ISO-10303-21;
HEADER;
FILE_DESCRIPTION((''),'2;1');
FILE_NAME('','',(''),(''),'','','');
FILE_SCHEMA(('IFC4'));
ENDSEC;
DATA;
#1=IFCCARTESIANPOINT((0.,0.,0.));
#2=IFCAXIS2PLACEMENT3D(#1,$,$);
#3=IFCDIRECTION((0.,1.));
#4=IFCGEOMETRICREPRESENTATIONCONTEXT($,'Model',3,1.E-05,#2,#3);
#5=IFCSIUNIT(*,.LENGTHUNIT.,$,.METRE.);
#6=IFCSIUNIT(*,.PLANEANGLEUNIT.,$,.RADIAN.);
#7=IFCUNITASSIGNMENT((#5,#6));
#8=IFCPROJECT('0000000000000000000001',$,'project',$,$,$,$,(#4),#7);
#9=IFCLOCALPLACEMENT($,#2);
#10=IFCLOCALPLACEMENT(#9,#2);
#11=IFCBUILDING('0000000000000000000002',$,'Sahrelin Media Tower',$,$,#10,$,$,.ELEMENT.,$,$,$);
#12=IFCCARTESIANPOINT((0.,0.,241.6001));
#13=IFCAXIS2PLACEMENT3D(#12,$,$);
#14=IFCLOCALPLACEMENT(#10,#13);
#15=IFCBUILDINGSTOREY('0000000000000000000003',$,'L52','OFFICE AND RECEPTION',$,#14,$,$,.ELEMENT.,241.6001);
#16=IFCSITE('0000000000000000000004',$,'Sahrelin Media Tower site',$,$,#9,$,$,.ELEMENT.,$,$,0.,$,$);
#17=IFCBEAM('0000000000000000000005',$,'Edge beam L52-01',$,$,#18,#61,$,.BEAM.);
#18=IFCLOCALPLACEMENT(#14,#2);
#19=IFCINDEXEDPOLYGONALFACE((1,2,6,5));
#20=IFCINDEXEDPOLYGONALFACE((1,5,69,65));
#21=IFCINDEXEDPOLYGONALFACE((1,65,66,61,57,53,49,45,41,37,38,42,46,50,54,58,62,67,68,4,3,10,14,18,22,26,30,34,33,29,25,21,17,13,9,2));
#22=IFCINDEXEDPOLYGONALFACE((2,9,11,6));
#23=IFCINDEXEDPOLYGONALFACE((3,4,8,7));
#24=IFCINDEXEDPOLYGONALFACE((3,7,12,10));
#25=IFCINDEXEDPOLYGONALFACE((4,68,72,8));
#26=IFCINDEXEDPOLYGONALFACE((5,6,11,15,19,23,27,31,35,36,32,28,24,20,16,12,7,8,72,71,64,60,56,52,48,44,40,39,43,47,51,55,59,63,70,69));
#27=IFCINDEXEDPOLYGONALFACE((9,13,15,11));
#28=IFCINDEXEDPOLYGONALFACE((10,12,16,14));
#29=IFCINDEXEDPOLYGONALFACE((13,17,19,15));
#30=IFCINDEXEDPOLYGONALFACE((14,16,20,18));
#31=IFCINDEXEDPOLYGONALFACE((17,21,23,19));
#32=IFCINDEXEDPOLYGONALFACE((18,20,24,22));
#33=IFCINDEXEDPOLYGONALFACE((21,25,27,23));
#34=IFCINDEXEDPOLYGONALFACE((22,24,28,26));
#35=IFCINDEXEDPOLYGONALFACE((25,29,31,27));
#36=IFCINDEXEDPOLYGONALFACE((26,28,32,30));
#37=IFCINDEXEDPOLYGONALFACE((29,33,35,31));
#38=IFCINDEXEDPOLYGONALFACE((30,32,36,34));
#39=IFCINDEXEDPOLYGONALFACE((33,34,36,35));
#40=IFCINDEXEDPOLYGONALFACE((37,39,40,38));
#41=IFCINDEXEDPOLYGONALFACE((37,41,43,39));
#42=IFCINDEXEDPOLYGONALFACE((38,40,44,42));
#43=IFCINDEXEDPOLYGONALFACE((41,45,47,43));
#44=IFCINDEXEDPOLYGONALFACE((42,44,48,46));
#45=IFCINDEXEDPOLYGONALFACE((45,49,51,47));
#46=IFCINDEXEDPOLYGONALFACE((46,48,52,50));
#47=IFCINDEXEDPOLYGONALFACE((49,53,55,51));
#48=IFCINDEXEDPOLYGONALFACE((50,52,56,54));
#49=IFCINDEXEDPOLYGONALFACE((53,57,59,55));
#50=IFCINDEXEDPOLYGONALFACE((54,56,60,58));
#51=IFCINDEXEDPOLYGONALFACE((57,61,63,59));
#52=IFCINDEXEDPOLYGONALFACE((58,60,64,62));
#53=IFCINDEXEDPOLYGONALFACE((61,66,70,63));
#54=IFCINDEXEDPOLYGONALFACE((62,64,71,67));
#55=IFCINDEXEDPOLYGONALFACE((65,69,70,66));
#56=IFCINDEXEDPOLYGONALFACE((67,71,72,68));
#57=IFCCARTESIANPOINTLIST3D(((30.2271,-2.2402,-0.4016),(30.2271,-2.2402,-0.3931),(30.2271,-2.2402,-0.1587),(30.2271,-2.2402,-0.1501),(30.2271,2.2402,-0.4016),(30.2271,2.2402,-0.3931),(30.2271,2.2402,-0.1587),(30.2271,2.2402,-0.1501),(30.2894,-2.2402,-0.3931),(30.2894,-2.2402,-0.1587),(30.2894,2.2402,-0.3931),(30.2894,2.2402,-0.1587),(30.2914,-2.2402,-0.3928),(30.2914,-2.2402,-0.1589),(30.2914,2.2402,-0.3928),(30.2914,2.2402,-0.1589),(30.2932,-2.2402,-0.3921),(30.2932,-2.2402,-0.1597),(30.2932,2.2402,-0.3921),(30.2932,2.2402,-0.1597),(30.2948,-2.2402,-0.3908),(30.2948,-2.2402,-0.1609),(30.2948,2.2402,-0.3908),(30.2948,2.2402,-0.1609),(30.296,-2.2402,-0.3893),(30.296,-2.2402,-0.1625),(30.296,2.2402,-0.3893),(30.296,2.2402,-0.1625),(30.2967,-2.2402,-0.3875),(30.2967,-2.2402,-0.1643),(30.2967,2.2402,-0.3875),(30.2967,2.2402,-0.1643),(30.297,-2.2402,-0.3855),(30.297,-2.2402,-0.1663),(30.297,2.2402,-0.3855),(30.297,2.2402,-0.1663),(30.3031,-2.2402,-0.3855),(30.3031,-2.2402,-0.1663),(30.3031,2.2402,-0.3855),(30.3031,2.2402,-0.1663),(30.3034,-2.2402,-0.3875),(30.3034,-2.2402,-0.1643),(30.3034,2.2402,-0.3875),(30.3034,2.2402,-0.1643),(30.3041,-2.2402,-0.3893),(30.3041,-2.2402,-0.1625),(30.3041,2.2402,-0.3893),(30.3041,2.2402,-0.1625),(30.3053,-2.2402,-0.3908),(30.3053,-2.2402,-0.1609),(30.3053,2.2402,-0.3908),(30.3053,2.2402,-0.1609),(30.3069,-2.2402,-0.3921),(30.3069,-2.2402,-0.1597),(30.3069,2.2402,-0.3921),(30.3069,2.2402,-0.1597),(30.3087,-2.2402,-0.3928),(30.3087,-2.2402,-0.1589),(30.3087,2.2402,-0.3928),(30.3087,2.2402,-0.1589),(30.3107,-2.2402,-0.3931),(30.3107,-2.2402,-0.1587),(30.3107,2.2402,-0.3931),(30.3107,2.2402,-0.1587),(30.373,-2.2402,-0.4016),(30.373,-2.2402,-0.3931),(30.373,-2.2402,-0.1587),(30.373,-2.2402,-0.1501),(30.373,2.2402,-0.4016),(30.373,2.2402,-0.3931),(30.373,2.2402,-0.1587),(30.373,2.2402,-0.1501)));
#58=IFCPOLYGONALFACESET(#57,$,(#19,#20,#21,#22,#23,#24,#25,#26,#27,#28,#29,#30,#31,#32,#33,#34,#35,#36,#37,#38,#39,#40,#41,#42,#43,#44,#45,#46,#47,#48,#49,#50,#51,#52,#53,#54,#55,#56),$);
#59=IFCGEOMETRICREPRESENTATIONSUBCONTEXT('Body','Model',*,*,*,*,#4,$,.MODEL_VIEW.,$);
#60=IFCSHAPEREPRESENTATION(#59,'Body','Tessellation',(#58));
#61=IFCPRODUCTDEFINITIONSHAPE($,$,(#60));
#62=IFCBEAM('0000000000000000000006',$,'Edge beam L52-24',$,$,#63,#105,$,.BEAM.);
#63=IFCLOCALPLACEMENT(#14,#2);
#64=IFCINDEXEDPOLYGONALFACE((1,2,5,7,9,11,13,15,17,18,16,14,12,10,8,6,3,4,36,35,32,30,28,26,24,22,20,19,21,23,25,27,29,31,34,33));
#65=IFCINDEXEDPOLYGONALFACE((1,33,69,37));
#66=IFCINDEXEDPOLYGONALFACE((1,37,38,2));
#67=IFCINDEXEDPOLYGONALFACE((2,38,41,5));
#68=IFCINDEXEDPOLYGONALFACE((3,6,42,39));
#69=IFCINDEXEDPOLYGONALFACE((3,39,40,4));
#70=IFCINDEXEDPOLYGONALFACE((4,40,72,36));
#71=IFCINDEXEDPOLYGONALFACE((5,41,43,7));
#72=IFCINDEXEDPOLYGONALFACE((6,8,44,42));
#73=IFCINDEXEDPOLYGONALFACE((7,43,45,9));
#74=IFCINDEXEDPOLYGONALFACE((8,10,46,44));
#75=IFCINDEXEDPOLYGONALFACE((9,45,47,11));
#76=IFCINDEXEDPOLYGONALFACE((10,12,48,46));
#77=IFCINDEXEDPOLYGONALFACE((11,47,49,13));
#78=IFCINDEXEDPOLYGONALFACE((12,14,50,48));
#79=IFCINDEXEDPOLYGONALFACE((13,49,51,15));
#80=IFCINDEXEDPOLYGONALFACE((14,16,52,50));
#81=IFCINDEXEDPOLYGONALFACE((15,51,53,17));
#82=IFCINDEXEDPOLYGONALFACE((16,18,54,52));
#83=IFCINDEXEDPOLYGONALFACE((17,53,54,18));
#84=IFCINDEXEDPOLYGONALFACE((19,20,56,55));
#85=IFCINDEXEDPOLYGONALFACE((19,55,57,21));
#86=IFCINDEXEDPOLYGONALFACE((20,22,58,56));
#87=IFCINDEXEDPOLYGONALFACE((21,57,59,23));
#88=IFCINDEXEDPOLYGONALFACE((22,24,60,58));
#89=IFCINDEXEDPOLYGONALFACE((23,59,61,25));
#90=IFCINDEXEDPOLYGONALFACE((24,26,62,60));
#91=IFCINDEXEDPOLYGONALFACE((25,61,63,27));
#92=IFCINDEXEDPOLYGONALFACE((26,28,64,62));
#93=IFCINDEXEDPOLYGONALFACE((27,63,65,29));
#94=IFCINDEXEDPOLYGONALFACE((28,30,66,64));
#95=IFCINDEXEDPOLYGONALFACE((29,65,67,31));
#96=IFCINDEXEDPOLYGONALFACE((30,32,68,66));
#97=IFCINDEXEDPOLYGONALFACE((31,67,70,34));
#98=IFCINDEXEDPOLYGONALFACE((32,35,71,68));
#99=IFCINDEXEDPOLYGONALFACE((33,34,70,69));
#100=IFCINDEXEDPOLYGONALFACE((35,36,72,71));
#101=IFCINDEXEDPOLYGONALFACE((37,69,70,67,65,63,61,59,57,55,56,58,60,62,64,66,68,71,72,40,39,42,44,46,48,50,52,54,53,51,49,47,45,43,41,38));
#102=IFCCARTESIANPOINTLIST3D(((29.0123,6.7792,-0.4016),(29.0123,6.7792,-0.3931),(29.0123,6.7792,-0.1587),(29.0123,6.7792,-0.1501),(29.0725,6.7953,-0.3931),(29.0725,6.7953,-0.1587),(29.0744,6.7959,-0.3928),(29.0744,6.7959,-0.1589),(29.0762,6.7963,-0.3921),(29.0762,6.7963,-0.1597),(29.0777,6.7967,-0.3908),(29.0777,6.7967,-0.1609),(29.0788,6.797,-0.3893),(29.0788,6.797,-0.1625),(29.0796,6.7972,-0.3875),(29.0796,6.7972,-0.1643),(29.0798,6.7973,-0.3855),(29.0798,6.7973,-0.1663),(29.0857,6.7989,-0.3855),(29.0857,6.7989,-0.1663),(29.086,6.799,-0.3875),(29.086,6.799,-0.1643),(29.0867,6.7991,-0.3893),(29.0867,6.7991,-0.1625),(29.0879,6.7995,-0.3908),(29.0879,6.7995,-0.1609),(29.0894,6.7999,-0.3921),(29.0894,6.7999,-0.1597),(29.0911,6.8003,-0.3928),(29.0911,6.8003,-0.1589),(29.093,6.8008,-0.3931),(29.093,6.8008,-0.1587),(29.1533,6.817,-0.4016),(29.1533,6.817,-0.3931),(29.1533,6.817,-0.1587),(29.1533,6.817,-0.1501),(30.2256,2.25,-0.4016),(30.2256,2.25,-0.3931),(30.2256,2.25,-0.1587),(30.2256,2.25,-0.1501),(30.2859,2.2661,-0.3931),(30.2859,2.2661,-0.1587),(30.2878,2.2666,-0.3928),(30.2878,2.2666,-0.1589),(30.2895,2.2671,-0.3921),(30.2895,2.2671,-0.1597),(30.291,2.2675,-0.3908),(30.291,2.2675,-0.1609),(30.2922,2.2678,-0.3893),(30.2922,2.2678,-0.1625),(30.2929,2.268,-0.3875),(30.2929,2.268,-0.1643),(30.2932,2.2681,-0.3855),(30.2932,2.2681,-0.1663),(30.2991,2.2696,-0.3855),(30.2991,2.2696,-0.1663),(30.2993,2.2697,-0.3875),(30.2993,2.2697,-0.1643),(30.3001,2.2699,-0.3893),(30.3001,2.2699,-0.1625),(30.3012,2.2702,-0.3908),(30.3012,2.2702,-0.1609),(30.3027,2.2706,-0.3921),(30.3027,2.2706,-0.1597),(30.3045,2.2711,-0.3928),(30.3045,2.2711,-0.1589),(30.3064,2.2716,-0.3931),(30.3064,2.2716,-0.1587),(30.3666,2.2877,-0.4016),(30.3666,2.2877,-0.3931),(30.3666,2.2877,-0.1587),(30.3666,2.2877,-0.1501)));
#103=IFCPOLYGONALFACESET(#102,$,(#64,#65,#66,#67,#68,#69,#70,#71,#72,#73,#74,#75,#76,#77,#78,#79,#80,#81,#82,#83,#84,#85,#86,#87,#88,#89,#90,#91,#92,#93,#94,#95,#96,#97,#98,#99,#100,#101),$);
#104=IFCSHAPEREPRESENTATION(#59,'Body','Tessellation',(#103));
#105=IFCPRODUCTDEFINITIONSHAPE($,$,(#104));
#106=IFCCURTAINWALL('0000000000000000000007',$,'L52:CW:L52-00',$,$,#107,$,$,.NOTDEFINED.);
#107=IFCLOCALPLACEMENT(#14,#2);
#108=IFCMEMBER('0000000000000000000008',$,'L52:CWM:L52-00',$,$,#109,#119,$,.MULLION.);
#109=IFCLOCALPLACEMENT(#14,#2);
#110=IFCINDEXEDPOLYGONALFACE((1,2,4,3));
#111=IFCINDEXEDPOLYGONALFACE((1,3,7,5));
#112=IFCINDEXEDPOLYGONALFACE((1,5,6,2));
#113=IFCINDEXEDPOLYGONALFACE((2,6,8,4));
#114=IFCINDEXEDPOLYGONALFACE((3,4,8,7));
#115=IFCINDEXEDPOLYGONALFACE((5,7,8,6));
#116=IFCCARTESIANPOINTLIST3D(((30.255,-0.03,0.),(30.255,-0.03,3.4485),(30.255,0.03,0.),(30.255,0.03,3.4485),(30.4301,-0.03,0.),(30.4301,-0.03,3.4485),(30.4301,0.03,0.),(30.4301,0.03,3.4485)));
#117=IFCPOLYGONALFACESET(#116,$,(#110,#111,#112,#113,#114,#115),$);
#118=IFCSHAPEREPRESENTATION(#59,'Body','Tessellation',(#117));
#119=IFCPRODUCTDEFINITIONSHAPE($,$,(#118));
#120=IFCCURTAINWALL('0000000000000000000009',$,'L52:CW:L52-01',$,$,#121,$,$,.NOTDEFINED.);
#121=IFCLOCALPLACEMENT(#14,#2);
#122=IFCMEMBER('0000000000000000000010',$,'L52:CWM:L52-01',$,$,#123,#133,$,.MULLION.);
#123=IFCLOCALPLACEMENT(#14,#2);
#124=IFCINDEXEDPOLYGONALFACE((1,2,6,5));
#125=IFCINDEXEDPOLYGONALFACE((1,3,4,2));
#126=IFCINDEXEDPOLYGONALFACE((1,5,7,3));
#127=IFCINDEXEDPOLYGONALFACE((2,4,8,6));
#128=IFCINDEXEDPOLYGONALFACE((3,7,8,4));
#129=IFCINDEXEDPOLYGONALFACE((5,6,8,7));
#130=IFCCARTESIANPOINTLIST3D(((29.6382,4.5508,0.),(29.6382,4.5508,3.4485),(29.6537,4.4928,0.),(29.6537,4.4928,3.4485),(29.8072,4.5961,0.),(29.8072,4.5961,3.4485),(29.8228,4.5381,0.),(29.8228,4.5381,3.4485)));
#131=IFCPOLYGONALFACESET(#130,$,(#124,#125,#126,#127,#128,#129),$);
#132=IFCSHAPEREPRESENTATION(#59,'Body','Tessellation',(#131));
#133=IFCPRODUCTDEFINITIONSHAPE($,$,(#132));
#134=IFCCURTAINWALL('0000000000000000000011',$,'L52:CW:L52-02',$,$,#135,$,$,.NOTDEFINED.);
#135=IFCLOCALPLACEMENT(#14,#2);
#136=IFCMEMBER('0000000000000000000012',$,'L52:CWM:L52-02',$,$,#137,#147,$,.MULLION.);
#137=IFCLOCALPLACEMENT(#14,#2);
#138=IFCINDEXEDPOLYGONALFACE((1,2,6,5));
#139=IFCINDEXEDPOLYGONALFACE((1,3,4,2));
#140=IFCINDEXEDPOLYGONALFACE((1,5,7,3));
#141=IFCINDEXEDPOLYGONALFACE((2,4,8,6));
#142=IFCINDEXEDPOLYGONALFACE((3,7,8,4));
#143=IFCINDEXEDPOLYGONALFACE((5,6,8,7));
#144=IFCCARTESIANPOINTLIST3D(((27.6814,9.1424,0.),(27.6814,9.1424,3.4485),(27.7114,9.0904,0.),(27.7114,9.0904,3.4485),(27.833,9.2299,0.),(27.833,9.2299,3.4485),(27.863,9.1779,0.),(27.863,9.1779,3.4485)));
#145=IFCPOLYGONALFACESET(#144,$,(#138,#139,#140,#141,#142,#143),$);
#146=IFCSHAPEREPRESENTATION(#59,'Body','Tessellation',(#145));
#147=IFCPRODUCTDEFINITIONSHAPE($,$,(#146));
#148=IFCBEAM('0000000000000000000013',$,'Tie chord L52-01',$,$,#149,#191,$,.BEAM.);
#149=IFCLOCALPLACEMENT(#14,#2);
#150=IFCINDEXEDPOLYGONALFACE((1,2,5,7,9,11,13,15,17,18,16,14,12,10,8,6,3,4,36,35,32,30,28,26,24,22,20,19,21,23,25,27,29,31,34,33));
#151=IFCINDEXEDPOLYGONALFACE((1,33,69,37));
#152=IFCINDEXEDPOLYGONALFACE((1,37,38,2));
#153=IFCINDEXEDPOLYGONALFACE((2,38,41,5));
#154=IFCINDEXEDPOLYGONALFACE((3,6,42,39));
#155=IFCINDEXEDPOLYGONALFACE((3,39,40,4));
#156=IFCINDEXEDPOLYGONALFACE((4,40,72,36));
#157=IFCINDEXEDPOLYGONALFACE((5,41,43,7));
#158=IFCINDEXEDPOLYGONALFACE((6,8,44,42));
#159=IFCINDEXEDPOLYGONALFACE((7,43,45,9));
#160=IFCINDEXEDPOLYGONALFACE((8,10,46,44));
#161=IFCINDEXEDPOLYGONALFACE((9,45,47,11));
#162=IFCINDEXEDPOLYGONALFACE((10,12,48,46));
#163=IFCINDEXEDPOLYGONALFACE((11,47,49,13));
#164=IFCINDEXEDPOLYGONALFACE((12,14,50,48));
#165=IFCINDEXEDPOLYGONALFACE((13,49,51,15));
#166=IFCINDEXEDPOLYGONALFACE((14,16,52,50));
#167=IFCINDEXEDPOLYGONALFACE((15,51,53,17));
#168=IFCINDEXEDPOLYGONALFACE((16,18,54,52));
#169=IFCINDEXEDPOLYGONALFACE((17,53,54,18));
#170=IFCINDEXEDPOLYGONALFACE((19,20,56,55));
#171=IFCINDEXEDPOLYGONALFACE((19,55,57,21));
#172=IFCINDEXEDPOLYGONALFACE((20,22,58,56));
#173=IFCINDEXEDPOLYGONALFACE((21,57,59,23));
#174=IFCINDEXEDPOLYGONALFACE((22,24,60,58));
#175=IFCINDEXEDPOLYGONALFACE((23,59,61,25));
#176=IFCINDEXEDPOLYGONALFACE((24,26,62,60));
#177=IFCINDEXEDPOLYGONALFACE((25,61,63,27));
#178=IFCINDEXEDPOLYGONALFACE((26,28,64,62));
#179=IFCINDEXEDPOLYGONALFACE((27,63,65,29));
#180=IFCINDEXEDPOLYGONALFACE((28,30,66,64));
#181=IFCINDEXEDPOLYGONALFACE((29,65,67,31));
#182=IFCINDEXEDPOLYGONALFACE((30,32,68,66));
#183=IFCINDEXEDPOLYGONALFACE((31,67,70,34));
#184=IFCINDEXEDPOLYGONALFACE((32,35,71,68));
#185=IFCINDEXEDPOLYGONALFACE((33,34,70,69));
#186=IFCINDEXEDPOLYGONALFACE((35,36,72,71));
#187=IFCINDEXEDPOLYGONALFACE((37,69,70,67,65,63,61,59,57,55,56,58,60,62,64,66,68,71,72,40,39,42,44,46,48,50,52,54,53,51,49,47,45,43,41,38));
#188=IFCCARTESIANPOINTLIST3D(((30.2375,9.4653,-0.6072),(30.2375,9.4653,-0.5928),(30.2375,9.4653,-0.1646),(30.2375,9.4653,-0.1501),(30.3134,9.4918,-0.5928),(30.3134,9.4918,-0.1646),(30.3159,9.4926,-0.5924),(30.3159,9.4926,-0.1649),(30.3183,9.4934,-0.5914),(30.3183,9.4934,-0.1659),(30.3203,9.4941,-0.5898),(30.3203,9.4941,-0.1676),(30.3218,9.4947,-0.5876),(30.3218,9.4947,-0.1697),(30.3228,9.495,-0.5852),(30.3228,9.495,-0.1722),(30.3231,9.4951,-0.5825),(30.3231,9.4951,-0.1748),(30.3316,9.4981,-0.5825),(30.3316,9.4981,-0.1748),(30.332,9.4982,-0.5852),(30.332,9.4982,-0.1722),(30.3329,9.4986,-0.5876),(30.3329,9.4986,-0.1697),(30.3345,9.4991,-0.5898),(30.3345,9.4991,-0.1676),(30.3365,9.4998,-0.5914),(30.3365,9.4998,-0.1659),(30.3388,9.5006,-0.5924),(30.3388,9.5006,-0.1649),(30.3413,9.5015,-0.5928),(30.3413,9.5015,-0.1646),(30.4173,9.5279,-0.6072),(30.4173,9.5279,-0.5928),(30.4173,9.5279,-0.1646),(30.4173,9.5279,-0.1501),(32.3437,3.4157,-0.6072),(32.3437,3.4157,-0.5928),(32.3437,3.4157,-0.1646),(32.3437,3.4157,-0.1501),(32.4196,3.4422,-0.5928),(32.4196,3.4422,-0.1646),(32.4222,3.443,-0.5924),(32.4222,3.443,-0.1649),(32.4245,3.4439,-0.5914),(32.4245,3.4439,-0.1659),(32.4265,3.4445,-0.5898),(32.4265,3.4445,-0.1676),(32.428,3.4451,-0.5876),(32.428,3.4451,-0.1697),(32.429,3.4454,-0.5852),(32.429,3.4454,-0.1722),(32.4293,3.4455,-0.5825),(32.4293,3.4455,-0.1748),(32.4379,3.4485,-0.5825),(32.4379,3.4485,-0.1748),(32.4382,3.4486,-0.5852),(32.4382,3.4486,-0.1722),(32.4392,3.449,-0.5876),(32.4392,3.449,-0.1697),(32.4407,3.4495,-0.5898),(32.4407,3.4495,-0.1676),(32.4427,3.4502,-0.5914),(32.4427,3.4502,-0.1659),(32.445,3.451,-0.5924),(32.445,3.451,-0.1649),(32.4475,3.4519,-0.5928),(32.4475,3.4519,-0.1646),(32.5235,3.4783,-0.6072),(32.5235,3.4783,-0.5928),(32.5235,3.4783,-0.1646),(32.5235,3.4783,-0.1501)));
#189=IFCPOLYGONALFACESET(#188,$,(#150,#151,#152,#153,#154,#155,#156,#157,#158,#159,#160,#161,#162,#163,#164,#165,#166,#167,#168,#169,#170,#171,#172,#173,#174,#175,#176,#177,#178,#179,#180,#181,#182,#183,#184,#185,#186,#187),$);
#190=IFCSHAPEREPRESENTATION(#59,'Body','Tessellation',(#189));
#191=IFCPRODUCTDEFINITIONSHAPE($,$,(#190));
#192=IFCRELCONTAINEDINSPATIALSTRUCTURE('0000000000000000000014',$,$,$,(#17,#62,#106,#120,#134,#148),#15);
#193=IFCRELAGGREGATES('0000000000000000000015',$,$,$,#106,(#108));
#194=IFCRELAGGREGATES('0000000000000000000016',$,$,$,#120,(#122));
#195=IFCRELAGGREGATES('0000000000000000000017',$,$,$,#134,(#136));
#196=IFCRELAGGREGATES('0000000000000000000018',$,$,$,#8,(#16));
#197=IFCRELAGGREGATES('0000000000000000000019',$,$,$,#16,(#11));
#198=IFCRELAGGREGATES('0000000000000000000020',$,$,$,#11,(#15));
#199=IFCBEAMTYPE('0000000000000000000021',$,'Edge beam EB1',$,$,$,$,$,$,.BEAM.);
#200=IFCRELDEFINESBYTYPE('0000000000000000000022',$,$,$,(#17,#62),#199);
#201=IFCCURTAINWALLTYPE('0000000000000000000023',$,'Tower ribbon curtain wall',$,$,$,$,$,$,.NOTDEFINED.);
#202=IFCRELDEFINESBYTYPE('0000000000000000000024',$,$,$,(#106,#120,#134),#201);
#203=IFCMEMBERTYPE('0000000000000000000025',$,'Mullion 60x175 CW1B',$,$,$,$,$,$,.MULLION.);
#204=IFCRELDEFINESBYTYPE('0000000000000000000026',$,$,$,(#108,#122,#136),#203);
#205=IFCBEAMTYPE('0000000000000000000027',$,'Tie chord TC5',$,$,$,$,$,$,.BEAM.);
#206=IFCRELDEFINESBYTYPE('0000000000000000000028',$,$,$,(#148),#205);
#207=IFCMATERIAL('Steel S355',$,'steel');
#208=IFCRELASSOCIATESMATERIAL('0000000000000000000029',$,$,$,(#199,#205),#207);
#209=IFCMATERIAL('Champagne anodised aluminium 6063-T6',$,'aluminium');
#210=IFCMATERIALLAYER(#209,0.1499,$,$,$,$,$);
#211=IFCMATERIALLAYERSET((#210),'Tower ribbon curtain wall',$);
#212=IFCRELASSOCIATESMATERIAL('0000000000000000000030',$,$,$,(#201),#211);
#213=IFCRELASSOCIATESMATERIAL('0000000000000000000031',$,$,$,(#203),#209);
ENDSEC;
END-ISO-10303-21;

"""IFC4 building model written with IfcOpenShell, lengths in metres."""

from ifc_helpers import new_model, si_unit, direction, frame, origin, origin_2d, place, context, subcontext, project, spatial, rectangle, i_section, extrude, material, layer, layer_set, material_profile, profile_set, type_object, element, aggregate, save


model = new_model("IFC4")

# Units and contexts
model_context = context("Model", 3, precision=1e-05, world=origin(), true_north=direction((0.0, 1.0)))
body_context = subcontext(model_context, "Body", "Model", "MODEL_VIEW")
ifc_project = project(units=[si_unit("LENGTHUNIT", "METRE"), si_unit("PLANEANGLEUNIT", "RADIAN")], contexts=[model_context])

# Site, building, storey
site_placement = place(None, origin())
site = spatial("IfcSite", under=ifc_project, at=site_placement, Name="Sahrelin Media Tower site", CompositionType="ELEMENT", RefElevation=0.0)
building_placement = place(site_placement, origin())
building = spatial("IfcBuilding", under=site, at=building_placement, Name="Sahrelin Media Tower", CompositionType="ELEMENT")
storey_placement = place(building_placement, frame((0.0, 0.0, 241.6001)))
storey = spatial("IfcBuildingStorey", under=building, at=storey_placement, Name="L52", Description="OFFICE AND RECEPTION", CompositionType="ELEMENT", Elevation=241.6001)

# Beams
ifc_material_1 = material(Name="Steel S355", Category="steel")
ifc_material_profile_1 = material_profile(ifc_material_1, i_section(OverallWidth=0.146, OverallDepth=0.2515, WebThickness=0.0061, FlangeThickness=0.0085, FilletRadius=0.0076, at=origin_2d()), Name="UB 254x146x31")
ifc_profile_set_1 = profile_set([ifc_material_profile_1], Name="Steel S355")
beam_type_1 = type_object("IfcBeamType", Name="Edge beam EB1", PredefinedType="BEAM", material=ifc_profile_set_1)
beam_1_placement = place(storey_placement, frame((30.3, 2.2402, -0.2759), z_axis=(0.0, -1.0, 0.0), x_axis=(1.0, 0.0, 0.0)))
element("IfcBeam", 1, at=beam_1_placement, inside=storey, type_object=beam_type_1, Name="Edge beam L52-01", PredefinedType="BEAM", context=body_context, shape_type="SweptSolid", body=[
    extrude(i_section(OverallWidth=0.146, OverallDepth=0.2515, WebThickness=0.0061, FlangeThickness=0.0085, FilletRadius=0.0076, at=origin_2d()), origin(), (0.0, 0.0, 1.0), 4.4805),
])
beam_2_placement = place(storey_placement, frame((29.0828, 6.7981, -0.2759), z_axis=(0.258771, -0.965939, 0.0), x_axis=(0.965939, 0.258771, 0.0)))
element("IfcBeam", 2, at=beam_2_placement, inside=storey, type_object=beam_type_1, Name="Edge beam L52-24", PredefinedType="BEAM", context=body_context, shape_type="SweptSolid", body=[
    extrude(i_section(OverallWidth=0.146, OverallDepth=0.2515, WebThickness=0.0061, FlangeThickness=0.0085, FilletRadius=0.0076, at=origin_2d()), origin(), (0.0, 0.0, 1.0), 4.689),
])

# Curtain walls, members
ifc_material_2 = material(Name="Champagne anodised aluminium 6063-T6", Category="aluminium")
ifc_layer_1 = layer(ifc_material_2, 0.1499)
ifc_layer_set_1 = layer_set([ifc_layer_1], Name="Tower ribbon curtain wall")
curtain_wall_type = type_object("IfcCurtainWallType", Name="Tower ribbon curtain wall", PredefinedType="NOTDEFINED", material=ifc_layer_set_1)
curtain_wall_1_placement = place(storey_placement, frame((30.45, 0.0, 0.0), z_axis=(0.0, 0.0, 1.0), x_axis=(1.0, 0.0, 0.0)))
curtain_wall_1 = element("IfcCurtainWall", 3, at=curtain_wall_1_placement, inside=storey, type_object=curtain_wall_type, Name="L52:CW:L52-00", PredefinedType="NOTDEFINED")
ifc_material_profile_2 = material_profile(ifc_material_2, rectangle(XDim=0.0601, YDim=0.175, at=origin_2d()), Name="Mullion 60x175")
ifc_profile_set_2 = profile_set([ifc_material_profile_2], Name="Champagne anodised aluminium 6063-T6")
member_type_1 = type_object("IfcMemberType", Name="Mullion 60x175 CW1B", PredefinedType="MULLION", material=ifc_profile_set_2)
member_1_placement = place(storey_placement, frame((30.3425, 0.0, 0.0), z_axis=(0.0, 0.0, 1.0), x_axis=(0.0, 1.0, 0.0)))
member_1 = element("IfcMember", 4, at=member_1_placement, type_object=member_type_1, Name="L52:CWM:L52-00", PredefinedType="MULLION", context=body_context, shape_type="SweptSolid", body=[
    extrude(rectangle(XDim=0.0601, YDim=0.175, at=origin_2d()), origin(), (0.0, 0.0, 1.0), 3.4485),
])
aggregate(curtain_wall_1, [member_1])
curtain_wall_2_placement = place(storey_placement, frame((29.8345, 4.5723, 0.0), z_axis=(0.0, 0.0, 1.0), x_axis=(1.0, 0.0, 0.0)))
curtain_wall_2 = element("IfcCurtainWall", 5, at=curtain_wall_2_placement, inside=storey, type_object=curtain_wall_type, Name="L52:CW:L52-01", PredefinedType="NOTDEFINED")
member_2_placement = place(storey_placement, frame((29.7305, 4.5444, 0.0), z_axis=(0.0, 0.0, 1.0), x_axis=(-0.258812, 0.965928, 0.0)))
member_2 = element("IfcMember", 6, at=member_2_placement, type_object=member_type_1, Name="L52:CWM:L52-01", PredefinedType="MULLION", context=body_context, shape_type="SweptSolid", body=[
    extrude(rectangle(XDim=0.0601, YDim=0.175, at=origin_2d()), origin(), (0.0, 0.0, 1.0), 3.4485),
])
curtain_wall_3_placement = place(storey_placement, frame((27.8652, 9.2141, 0.0), z_axis=(0.0, 0.0, 1.0), x_axis=(1.0, 0.0, 0.0)))
curtain_wall_3 = element("IfcCurtainWall", 7, at=curtain_wall_3_placement, inside=storey, type_object=curtain_wall_type, Name="L52:CW:L52-02", PredefinedType="NOTDEFINED")
member_3_placement = place(storey_placement, frame((27.7722, 9.1602, 0.0), z_axis=(0.0, 0.0, 1.0), x_axis=(-0.500009, 0.86602, 0.0)))
member_3 = element("IfcMember", 8, at=member_3_placement, type_object=member_type_1, Name="L52:CWM:L52-02", PredefinedType="MULLION", context=body_context, shape_type="SweptSolid", body=[
    extrude(rectangle(XDim=0.0601, YDim=0.175, at=origin_2d()), origin(), (0.0, 0.0, 1.0), 3.4485),
])

# Beam
ifc_material_profile_3 = material_profile(ifc_material_1, i_section(OverallWidth=0.1904, OverallDepth=0.457, WebThickness=0.009, FlangeThickness=0.0144, FilletRadius=0.0103, at=origin_2d()), Name="UB 457x191x74")
ifc_profile_set_3 = profile_set([ifc_material_profile_3], Name="Steel S355")
beam_type_2 = type_object("IfcBeamType", Name="Tie chord TC5", PredefinedType="BEAM", material=ifc_profile_set_3)
beam_3_placement = place(storey_placement, frame((32.4336, 3.447, -0.3787), z_axis=(-0.3288, 0.9444, 0.0), x_axis=(-0.9444, -0.3288, 0.0)))
element("IfcBeam", 9, at=beam_3_placement, inside=storey, type_object=beam_type_2, Name="Tie chord L52-01", PredefinedType="BEAM", context=body_context, shape_type="SweptSolid", body=[
    extrude(i_section(OverallWidth=0.1904, OverallDepth=0.457, WebThickness=0.009, FlangeThickness=0.0144, FilletRadius=0.0103, at=origin_2d()), origin(), (0.0, 0.0, 1.0), 6.4058),
])

aggregate(curtain_wall_2, [member_2])
aggregate(curtain_wall_3, [member_3])

save(model, "model.ifc")
